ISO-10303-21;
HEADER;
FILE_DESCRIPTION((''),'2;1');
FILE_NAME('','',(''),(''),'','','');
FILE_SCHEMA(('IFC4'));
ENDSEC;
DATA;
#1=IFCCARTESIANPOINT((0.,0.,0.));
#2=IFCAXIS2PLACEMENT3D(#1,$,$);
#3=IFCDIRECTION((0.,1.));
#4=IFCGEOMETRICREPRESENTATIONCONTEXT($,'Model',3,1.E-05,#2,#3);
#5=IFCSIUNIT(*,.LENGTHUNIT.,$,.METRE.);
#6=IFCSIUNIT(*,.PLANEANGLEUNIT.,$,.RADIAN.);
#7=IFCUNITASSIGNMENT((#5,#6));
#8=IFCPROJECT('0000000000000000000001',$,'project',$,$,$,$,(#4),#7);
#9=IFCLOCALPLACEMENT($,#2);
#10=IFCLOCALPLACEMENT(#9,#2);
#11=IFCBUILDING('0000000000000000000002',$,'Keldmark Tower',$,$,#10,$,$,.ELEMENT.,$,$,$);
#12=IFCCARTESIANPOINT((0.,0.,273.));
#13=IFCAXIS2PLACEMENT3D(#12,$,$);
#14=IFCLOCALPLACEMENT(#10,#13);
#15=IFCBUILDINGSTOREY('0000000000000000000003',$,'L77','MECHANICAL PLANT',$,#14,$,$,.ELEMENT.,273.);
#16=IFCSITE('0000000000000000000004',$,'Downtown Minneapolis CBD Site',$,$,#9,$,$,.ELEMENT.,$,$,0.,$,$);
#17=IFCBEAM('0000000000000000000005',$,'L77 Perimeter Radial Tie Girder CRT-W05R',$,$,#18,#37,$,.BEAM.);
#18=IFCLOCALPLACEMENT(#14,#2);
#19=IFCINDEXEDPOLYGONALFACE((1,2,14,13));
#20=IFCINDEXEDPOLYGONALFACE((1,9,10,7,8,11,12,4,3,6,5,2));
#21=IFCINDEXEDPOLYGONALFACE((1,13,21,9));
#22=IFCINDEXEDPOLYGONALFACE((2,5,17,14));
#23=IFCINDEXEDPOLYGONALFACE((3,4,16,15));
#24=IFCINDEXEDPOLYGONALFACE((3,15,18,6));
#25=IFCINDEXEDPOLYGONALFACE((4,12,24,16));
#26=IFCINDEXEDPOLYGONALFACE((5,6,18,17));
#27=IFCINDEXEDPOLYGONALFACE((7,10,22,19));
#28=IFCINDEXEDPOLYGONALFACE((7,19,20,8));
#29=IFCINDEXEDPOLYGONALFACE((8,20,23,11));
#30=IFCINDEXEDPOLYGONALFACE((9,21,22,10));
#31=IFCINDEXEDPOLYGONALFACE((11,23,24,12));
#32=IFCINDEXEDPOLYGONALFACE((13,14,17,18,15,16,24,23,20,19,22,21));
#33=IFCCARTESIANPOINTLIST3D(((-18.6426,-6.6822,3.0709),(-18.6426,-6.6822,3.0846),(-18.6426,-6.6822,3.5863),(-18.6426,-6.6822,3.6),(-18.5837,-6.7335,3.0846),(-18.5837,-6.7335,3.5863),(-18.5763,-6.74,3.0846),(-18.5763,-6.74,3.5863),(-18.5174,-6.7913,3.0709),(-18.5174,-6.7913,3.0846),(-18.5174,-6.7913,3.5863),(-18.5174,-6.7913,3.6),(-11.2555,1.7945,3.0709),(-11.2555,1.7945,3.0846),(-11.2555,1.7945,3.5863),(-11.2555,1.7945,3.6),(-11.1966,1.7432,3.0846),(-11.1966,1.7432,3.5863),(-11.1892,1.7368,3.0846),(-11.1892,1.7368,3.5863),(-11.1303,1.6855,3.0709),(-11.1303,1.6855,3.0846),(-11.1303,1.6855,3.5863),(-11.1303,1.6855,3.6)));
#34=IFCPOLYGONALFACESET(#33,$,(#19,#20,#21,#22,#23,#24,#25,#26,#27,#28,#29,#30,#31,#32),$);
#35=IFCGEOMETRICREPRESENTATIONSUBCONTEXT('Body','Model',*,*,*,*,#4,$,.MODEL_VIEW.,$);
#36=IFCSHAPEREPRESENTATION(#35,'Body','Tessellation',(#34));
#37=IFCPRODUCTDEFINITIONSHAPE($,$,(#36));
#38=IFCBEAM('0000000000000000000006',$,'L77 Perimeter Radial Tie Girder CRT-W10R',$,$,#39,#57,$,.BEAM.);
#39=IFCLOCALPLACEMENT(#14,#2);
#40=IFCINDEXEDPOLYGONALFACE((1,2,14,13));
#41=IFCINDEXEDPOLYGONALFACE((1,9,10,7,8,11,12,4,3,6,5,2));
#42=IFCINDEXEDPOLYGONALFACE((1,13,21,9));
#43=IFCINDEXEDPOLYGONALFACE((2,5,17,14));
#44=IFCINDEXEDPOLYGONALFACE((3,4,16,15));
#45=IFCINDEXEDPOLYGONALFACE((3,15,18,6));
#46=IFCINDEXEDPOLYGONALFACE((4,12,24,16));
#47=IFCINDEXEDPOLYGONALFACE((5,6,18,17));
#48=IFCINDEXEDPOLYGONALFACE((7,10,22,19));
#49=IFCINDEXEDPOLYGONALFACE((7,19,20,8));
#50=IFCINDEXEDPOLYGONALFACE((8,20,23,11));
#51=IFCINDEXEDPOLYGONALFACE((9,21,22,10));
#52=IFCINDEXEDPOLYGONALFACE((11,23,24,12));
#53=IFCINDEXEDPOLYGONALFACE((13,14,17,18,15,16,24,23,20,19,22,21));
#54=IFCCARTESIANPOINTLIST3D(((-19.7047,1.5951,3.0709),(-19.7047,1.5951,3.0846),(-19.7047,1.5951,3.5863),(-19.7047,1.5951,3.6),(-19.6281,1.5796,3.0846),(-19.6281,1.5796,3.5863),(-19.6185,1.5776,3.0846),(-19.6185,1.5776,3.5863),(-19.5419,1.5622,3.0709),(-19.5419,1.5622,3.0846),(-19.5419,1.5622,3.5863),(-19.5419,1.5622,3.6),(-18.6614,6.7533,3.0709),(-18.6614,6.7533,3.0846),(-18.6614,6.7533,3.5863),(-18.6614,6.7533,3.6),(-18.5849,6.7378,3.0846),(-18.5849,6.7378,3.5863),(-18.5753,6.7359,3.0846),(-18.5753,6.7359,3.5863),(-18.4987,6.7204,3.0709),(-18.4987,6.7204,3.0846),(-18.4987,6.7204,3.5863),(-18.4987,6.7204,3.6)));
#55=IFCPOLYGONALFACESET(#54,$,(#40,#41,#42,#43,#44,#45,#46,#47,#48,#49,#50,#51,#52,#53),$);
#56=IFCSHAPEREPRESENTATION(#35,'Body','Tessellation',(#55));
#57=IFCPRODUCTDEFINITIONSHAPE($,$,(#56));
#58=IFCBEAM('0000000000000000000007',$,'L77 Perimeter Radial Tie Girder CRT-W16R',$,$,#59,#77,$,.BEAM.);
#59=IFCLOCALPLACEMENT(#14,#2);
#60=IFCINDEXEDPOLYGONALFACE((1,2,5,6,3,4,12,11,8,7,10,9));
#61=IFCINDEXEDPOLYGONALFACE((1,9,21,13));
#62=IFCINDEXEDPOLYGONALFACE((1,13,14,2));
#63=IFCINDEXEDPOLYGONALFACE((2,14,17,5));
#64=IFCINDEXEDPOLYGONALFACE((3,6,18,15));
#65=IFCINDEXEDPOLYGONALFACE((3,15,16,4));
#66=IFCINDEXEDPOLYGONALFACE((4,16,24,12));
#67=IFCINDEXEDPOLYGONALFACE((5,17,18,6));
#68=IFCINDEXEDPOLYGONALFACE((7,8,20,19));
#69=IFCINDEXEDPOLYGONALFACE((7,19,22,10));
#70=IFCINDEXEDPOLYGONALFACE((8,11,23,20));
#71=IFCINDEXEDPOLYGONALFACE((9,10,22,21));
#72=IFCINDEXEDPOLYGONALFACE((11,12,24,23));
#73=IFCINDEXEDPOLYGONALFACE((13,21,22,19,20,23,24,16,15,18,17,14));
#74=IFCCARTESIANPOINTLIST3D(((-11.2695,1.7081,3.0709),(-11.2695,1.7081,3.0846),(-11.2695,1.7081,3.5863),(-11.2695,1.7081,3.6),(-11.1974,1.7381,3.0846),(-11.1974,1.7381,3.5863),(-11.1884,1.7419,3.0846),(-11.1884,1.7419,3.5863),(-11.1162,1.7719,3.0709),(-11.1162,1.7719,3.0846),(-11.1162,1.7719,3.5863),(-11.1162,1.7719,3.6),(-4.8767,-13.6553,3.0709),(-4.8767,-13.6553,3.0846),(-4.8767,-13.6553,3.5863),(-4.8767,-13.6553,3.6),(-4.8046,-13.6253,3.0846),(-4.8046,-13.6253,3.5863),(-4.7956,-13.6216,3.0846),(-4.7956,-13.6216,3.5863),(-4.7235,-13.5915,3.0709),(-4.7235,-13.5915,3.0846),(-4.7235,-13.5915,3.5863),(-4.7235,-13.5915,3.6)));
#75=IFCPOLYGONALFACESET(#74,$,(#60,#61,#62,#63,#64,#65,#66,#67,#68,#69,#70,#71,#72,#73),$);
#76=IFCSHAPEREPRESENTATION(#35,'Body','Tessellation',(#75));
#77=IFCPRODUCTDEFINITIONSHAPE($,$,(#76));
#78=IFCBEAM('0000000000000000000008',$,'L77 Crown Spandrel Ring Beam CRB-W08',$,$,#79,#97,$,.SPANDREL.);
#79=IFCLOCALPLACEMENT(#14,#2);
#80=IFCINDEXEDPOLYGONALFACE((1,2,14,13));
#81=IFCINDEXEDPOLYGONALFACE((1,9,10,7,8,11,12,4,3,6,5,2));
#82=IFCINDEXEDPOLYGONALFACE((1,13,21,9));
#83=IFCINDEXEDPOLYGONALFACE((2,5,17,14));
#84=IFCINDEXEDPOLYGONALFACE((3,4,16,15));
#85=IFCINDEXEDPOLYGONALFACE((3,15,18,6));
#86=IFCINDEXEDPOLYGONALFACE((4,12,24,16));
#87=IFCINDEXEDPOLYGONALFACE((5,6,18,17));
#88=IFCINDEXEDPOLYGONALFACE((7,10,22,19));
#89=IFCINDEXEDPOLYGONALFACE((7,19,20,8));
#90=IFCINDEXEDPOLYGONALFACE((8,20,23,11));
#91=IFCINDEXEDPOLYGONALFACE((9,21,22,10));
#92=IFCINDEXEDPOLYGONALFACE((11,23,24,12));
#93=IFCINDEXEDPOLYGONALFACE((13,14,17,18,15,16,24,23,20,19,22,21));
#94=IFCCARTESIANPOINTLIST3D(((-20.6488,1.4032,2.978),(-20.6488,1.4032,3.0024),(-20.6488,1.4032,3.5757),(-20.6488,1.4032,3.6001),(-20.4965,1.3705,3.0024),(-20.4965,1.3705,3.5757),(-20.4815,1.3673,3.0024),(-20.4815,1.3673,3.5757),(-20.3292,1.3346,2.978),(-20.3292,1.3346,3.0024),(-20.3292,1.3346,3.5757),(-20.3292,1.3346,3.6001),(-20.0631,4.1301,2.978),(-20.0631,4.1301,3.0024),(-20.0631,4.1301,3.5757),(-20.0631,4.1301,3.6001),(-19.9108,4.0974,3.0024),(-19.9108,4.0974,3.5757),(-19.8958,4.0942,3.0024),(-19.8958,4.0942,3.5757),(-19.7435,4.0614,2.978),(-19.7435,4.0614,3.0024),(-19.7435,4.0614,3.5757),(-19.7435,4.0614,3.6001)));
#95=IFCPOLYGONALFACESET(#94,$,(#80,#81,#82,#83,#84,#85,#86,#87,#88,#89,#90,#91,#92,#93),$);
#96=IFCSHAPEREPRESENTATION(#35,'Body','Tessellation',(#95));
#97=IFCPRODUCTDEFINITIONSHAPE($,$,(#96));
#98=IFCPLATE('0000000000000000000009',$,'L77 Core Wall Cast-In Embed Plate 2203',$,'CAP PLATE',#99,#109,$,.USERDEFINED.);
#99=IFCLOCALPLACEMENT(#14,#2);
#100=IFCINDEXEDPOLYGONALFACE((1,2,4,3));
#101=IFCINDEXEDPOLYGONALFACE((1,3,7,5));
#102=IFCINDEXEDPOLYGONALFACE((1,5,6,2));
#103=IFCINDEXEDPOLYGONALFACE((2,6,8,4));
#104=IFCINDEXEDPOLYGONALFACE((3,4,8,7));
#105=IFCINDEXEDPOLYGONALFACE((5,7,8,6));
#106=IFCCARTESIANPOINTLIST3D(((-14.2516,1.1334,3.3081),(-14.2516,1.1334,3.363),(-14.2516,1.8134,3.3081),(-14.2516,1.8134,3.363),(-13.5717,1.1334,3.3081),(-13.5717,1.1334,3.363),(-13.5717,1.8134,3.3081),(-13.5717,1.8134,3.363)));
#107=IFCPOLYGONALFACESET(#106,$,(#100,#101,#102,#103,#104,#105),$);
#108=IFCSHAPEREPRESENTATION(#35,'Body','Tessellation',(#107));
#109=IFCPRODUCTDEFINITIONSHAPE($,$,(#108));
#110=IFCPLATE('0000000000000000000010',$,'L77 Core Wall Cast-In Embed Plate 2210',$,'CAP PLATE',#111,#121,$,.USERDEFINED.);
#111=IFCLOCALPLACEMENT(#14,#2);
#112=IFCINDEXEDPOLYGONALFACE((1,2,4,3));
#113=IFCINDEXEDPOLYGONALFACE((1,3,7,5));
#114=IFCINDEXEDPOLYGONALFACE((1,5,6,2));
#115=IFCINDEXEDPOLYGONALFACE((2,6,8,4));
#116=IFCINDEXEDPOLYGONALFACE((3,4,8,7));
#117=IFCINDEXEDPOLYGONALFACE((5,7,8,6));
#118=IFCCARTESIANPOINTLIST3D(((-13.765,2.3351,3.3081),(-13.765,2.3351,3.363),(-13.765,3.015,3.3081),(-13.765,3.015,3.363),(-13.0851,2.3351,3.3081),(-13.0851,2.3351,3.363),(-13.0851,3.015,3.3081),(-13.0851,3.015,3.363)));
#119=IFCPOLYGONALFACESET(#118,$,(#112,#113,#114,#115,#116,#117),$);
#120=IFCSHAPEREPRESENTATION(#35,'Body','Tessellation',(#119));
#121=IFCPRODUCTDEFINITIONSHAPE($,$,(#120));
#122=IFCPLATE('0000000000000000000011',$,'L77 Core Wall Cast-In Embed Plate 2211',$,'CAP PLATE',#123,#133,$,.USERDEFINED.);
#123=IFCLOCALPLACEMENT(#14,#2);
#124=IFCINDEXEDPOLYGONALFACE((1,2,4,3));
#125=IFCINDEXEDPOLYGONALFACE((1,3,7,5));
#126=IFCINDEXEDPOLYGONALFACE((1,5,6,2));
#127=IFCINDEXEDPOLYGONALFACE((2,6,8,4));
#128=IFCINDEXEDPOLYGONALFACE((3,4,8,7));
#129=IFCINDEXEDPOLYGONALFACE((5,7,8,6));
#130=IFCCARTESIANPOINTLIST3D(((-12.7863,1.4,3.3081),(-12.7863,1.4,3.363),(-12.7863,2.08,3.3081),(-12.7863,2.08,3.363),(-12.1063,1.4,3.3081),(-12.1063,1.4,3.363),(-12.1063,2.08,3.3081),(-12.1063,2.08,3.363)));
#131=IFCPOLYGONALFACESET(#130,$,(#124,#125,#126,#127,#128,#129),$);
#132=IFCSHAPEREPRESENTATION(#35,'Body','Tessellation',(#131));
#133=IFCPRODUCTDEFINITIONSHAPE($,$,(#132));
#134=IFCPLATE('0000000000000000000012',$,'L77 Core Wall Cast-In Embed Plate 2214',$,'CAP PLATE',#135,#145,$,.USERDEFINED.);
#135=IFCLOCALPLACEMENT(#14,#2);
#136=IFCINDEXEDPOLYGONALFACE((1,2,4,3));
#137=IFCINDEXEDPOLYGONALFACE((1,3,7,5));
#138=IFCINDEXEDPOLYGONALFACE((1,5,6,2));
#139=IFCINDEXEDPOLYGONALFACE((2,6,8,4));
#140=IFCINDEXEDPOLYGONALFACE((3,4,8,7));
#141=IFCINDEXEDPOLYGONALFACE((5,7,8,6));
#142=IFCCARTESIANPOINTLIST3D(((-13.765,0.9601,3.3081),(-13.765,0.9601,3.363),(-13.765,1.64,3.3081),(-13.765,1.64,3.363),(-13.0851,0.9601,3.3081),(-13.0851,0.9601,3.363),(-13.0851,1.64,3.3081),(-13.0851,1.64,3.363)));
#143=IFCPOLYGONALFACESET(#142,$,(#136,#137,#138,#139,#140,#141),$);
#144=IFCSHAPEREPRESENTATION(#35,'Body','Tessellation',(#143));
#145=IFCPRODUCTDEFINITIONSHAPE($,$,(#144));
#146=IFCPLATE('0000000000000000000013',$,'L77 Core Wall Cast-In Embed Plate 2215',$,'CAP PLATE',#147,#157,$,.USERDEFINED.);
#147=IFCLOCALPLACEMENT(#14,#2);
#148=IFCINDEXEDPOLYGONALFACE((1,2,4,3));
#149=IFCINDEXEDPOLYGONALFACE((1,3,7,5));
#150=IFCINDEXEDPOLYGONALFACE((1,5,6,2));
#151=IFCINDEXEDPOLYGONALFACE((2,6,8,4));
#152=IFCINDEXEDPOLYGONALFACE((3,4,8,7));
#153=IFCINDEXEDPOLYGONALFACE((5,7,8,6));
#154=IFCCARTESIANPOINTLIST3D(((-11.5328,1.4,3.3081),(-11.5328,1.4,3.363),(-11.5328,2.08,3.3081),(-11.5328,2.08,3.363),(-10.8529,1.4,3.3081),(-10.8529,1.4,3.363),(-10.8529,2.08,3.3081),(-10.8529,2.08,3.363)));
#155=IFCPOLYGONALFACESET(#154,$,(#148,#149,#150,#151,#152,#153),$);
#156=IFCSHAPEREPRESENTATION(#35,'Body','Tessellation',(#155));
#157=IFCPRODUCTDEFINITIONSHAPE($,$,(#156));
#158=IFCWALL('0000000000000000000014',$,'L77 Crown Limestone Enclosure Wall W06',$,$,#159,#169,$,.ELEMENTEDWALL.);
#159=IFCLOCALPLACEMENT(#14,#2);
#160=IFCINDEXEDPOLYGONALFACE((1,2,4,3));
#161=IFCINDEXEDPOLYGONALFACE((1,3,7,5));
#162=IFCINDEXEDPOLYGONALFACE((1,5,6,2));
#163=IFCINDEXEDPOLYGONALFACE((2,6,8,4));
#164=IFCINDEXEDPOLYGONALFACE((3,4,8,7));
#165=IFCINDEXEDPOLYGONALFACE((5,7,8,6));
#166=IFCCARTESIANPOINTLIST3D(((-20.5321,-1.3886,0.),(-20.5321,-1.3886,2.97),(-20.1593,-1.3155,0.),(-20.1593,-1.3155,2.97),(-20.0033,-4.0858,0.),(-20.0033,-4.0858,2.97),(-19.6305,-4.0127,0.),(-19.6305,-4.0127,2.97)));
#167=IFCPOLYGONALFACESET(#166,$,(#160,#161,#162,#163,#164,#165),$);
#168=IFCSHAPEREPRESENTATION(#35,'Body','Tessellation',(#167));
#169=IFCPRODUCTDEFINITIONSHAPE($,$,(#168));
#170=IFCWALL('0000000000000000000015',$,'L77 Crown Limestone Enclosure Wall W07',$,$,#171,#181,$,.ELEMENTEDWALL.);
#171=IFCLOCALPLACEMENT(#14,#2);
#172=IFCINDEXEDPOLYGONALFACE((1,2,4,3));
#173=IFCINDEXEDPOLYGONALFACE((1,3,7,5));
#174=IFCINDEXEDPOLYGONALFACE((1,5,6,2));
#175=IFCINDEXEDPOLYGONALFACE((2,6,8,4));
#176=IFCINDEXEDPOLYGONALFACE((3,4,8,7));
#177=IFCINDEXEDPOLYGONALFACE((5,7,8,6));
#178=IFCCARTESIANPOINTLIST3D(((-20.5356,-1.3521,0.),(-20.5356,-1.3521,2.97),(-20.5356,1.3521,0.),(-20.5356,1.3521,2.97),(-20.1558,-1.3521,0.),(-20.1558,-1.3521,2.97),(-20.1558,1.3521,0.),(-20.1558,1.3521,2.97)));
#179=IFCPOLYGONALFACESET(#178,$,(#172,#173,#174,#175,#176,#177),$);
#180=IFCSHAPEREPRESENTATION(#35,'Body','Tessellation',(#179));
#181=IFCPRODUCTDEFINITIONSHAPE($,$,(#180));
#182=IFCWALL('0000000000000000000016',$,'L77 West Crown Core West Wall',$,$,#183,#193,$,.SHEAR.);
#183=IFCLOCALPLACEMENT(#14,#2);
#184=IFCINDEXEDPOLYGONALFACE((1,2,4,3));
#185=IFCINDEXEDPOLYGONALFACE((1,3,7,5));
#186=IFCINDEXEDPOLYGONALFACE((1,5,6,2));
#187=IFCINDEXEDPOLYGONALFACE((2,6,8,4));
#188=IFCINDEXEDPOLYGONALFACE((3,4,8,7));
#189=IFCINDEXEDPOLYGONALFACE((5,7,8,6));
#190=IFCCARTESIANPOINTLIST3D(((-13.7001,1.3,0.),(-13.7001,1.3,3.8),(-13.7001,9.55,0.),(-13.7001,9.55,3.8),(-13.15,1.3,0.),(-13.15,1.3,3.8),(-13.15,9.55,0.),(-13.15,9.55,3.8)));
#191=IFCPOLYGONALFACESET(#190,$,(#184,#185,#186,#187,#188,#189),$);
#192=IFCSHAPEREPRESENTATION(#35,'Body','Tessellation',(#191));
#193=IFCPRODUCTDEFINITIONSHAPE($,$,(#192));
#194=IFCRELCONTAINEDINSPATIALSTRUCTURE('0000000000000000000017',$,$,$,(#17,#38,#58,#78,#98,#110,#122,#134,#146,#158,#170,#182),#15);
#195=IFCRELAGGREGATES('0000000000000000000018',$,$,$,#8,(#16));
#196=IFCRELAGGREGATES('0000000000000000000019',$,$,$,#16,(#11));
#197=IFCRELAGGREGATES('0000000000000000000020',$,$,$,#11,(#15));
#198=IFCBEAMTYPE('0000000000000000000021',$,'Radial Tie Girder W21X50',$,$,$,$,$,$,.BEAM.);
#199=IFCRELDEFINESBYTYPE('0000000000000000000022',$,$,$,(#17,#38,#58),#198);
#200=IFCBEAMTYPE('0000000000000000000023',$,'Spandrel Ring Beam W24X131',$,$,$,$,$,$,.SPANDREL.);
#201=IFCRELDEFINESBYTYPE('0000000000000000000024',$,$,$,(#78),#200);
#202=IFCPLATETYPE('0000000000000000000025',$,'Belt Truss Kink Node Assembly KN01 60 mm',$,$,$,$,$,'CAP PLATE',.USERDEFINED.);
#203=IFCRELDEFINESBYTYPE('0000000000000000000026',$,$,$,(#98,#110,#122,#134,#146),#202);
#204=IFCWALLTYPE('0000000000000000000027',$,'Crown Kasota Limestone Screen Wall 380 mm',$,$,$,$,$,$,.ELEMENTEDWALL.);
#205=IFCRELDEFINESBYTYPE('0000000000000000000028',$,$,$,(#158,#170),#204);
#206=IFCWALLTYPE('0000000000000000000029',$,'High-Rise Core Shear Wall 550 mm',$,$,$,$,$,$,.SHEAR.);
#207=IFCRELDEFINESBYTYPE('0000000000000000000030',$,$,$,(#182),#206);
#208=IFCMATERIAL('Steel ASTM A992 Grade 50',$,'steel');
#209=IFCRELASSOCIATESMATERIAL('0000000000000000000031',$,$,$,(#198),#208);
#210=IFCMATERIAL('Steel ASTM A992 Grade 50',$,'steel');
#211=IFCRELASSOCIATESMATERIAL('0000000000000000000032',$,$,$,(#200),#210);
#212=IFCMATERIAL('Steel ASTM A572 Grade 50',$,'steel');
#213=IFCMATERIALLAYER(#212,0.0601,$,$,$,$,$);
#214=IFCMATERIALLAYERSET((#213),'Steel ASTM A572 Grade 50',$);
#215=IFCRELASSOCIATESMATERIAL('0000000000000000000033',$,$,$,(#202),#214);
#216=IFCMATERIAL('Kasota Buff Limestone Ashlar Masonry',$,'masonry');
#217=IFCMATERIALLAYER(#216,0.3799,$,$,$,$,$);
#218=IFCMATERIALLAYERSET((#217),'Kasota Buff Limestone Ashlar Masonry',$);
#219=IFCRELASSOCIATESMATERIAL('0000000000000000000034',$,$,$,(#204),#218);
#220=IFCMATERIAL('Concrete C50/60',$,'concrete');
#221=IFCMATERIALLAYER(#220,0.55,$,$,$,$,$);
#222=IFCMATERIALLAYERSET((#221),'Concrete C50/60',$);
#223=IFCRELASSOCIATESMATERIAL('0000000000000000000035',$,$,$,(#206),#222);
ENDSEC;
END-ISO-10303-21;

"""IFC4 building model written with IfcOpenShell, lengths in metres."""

from ifc_helpers import new_model, si_unit, direction, frame, frame_2d, origin, origin_2d, place, context, subcontext, project, spatial, rectangle, i_section, extrude, material, layer, layer_set, material_profile, profile_set, type_object, element, save


model = new_model("IFC4")

# Units and contexts
model_context = context("Model", 3, precision=1e-05, world=origin(), true_north=direction((0.0, 1.0)))
body_context = subcontext(model_context, "Body", "Model", "MODEL_VIEW")
ifc_project = project(units=[si_unit("LENGTHUNIT", "METRE"), si_unit("PLANEANGLEUNIT", "RADIAN")], contexts=[model_context])

# Site, building, storey
site_placement = place(None, origin())
site = spatial("IfcSite", under=ifc_project, at=site_placement, Name="Downtown Minneapolis CBD Site", CompositionType="ELEMENT", RefElevation=0.0)
building_placement = place(site_placement, origin())
building = spatial("IfcBuilding", under=site, at=building_placement, Name="Keldmark Tower", CompositionType="ELEMENT")
storey_placement = place(building_placement, frame((0.0, 0.0, 273.0)))
storey = spatial("IfcBuildingStorey", under=building, at=storey_placement, Name="L77", Description="MECHANICAL PLANT", CompositionType="ELEMENT", Elevation=273.0)

# Beams
ifc_material_1 = material(Name="Steel ASTM A992 Grade 50", Category="steel")
ifc_material_profile_1 = material_profile(ifc_material_1, i_section(OverallWidth=0.166, OverallDepth=0.5291, WebThickness=0.0098, FlangeThickness=0.0137, at=origin_2d()), Name="W21X50")
ifc_profile_set_1 = profile_set([ifc_material_profile_1], Name="Steel ASTM A992 Grade 50")
beam_type_1 = type_object("IfcBeamType", Name="Radial Tie Girder W21X50", PredefinedType="BEAM", material=ifc_profile_set_1)
beam_1_placement = place(storey_placement, frame((-11.1929, 1.74, 3.3354), z_axis=(-0.656992, -0.753897, 0.0), x_axis=(0.753897, -0.656992, 0.0)))
element("IfcBeam", 1, at=beam_1_placement, inside=storey, type_object=beam_type_1, Name="L77 Perimeter Radial Tie Girder CRT-W05R", PredefinedType="BEAM", context=body_context, shape_type="SweptSolid", body=[
    extrude(i_section(OverallWidth=0.166, OverallDepth=0.5291, WebThickness=0.0098, FlangeThickness=0.0137, at=origin_2d()), origin(), (0.0, 0.0, 1.0), 11.2439),
])
beam_2_placement = place(storey_placement, frame((-19.6233, 1.5786, 3.3354), z_axis=(0.19823, 0.980156, 0.0), x_axis=(-0.980156, 0.19823, 0.0)))
element("IfcBeam", 2, at=beam_2_placement, inside=storey, type_object=beam_type_1, Name="L77 Perimeter Radial Tie Girder CRT-W10R", PredefinedType="BEAM", context=body_context, shape_type="SweptSolid", body=[
    extrude(i_section(OverallWidth=0.166, OverallDepth=0.5291, WebThickness=0.0098, FlangeThickness=0.0137, at=origin_2d()), origin(), (0.0, 0.0, 1.0), 5.2627),
])
beam_3_placement = place(storey_placement, frame((-11.1929, 1.74, 3.3354), z_axis=(0.384173, -0.923261, 0.0), x_axis=(0.923261, 0.384173, 0.0)))
element("IfcBeam", 3, at=beam_3_placement, inside=storey, type_object=beam_type_1, Name="L77 Perimeter Radial Tie Girder CRT-W16R", PredefinedType="BEAM", context=body_context, shape_type="SweptSolid", body=[
    extrude(i_section(OverallWidth=0.166, OverallDepth=0.5291, WebThickness=0.0098, FlangeThickness=0.0137, at=origin_2d()), origin(), (0.0, 0.0, 1.0), 16.6404),
])
ifc_material_2 = material(Name="Steel ASTM A992 Grade 50", Category="steel")
ifc_material_profile_2 = material_profile(ifc_material_2, i_section(OverallWidth=0.3269, OverallDepth=0.6221, WebThickness=0.0154, FlangeThickness=0.0244, at=origin_2d()), Name="W24X131")
ifc_profile_set_2 = profile_set([ifc_material_profile_2], Name="Steel ASTM A992 Grade 50")
beam_type_2 = type_object("IfcBeamType", Name="Spandrel Ring Beam W24X131", PredefinedType="SPANDREL", material=ifc_profile_set_2)
beam_4_placement = place(storey_placement, frame((-20.489, 1.3689, 3.2891), z_axis=(0.210001, 0.977701, 0.0), x_axis=(-0.977701, 0.210001, 0.0)))
element("IfcBeam", 4, at=beam_4_placement, inside=storey, type_object=beam_type_2, Name="L77 Crown Spandrel Ring Beam CRB-W08", PredefinedType="SPANDREL", context=body_context, shape_type="SweptSolid", body=[
    extrude(i_section(OverallWidth=0.3269, OverallDepth=0.6221, WebThickness=0.0154, FlangeThickness=0.0244, at=origin_2d()), origin(), (0.0, 0.0, 1.0), 2.7891),
])

# Plates
ifc_material_3 = material(Name="Steel ASTM A572 Grade 50", Category="steel")
ifc_layer_1 = layer(ifc_material_3, 0.0601)
ifc_layer_set_1 = layer_set([ifc_layer_1], Name="Steel ASTM A572 Grade 50")
plate_type = type_object("IfcPlateType", Name="Belt Truss Kink Node Assembly KN01 60 mm", ElementType="CAP PLATE", PredefinedType="USERDEFINED", material=ifc_layer_set_1)
for number, where, z_axis, x_axis, name in (
    (5, (-13.9116, 1.4734, 3.3081), (0.0, 0.0, 1.0), (1.0, 0.0, 0.0), "L77 Core Wall Cast-In Embed Plate 2203"),
    (6, (-13.425, 2.675, 3.3081), (0.0, 0.0, 1.0), (1.0, 0.0, 0.0), "L77 Core Wall Cast-In Embed Plate 2210"),
    (7, (-12.4463, 1.74, 3.3081), (0.0, 0.0, 1.0), (1.0, 0.0, 0.0), "L77 Core Wall Cast-In Embed Plate 2211"),
    (8, (-13.425, 1.3, 3.3081), (0.0, 0.0, 1.0), (1.0, 0.0, 0.0), "L77 Core Wall Cast-In Embed Plate 2214"),
    (9, (-11.1929, 1.74, 3.3081), (0.0, 0.0, 1.0), (1.0, 0.0, 0.0), "L77 Core Wall Cast-In Embed Plate 2215"),
):
    element("IfcPlate", number, at=place(storey_placement, frame(where, z_axis=z_axis, x_axis=x_axis)), inside=storey, type_object=plate_type, Name=name, ObjectType="CAP PLATE", PredefinedType="USERDEFINED", context=body_context, shape_type="SweptSolid", body=[
        extrude(rectangle(XDim=0.6799, YDim=0.6799, at=origin_2d()), origin(), (0.0, 0.0, 1.0), 0.0549),
    ])

# Walls
ifc_material_4 = material(Name="Kasota Buff Limestone Ashlar Masonry", Category="masonry")
ifc_layer_2 = layer(ifc_material_4, 0.3799)
ifc_layer_set_2 = layer_set([ifc_layer_2], Name="Kasota Buff Limestone Ashlar Masonry")
wall_type_1 = type_object("IfcWallType", Name="Crown Kasota Limestone Screen Wall 380 mm", PredefinedType="ELEMENTEDWALL", material=ifc_layer_set_2)
wall_1_placement = place(storey_placement, frame((-20.3457, -1.3521, 0.0), z_axis=(0.0, 0.0, 1.0), x_axis=(0.192391, -0.981318, 0.0)))
element("IfcWall", 10, at=wall_1_placement, inside=storey, type_object=wall_type_1, Name="L77 Crown Limestone Enclosure Wall W06", PredefinedType="ELEMENTEDWALL", context=body_context, shape_type="SweptSolid", body=[
    extrude(rectangle(XDim=2.7485, YDim=0.3799, at=frame_2d((1.3743, 0.0))), origin(), (0.0, 0.0, 1.0), 2.97),
])
wall_2_placement = place(storey_placement, frame((-20.3457, 1.3521, 0.0), z_axis=(0.0, 0.0, 1.0), x_axis=(0.0, -1.0, 0.0)))
element("IfcWall", 11, at=wall_2_placement, inside=storey, type_object=wall_type_1, Name="L77 Crown Limestone Enclosure Wall W07", PredefinedType="ELEMENTEDWALL", context=body_context, shape_type="SweptSolid", body=[
    extrude(rectangle(XDim=2.7041, YDim=0.3799, at=frame_2d((1.3521, 0.0))), origin(), (0.0, 0.0, 1.0), 2.97),
])
ifc_material_5 = material(Name="Concrete C50/60", Category="concrete")
ifc_layer_3 = layer(ifc_material_5, 0.55)
ifc_layer_set_3 = layer_set([ifc_layer_3], Name="Concrete C50/60")
wall_type_2 = type_object("IfcWallType", Name="High-Rise Core Shear Wall 550 mm", PredefinedType="SHEAR", material=ifc_layer_set_3)
wall_3_placement = place(storey_placement, frame((-13.425, 1.3, 0.0), z_axis=(0.0, 0.0, 1.0), x_axis=(0.0, 1.0, 0.0)))
element("IfcWall", 12, at=wall_3_placement, inside=storey, type_object=wall_type_2, Name="L77 West Crown Core West Wall", PredefinedType="SHEAR", context=body_context, shape_type="SweptSolid", body=[
    extrude(rectangle(XDim=8.25, YDim=0.55, at=frame_2d((4.125, 0.0))), origin(), (0.0, 0.0, 1.0), 3.8),
])

save(model, "model.ifc")
